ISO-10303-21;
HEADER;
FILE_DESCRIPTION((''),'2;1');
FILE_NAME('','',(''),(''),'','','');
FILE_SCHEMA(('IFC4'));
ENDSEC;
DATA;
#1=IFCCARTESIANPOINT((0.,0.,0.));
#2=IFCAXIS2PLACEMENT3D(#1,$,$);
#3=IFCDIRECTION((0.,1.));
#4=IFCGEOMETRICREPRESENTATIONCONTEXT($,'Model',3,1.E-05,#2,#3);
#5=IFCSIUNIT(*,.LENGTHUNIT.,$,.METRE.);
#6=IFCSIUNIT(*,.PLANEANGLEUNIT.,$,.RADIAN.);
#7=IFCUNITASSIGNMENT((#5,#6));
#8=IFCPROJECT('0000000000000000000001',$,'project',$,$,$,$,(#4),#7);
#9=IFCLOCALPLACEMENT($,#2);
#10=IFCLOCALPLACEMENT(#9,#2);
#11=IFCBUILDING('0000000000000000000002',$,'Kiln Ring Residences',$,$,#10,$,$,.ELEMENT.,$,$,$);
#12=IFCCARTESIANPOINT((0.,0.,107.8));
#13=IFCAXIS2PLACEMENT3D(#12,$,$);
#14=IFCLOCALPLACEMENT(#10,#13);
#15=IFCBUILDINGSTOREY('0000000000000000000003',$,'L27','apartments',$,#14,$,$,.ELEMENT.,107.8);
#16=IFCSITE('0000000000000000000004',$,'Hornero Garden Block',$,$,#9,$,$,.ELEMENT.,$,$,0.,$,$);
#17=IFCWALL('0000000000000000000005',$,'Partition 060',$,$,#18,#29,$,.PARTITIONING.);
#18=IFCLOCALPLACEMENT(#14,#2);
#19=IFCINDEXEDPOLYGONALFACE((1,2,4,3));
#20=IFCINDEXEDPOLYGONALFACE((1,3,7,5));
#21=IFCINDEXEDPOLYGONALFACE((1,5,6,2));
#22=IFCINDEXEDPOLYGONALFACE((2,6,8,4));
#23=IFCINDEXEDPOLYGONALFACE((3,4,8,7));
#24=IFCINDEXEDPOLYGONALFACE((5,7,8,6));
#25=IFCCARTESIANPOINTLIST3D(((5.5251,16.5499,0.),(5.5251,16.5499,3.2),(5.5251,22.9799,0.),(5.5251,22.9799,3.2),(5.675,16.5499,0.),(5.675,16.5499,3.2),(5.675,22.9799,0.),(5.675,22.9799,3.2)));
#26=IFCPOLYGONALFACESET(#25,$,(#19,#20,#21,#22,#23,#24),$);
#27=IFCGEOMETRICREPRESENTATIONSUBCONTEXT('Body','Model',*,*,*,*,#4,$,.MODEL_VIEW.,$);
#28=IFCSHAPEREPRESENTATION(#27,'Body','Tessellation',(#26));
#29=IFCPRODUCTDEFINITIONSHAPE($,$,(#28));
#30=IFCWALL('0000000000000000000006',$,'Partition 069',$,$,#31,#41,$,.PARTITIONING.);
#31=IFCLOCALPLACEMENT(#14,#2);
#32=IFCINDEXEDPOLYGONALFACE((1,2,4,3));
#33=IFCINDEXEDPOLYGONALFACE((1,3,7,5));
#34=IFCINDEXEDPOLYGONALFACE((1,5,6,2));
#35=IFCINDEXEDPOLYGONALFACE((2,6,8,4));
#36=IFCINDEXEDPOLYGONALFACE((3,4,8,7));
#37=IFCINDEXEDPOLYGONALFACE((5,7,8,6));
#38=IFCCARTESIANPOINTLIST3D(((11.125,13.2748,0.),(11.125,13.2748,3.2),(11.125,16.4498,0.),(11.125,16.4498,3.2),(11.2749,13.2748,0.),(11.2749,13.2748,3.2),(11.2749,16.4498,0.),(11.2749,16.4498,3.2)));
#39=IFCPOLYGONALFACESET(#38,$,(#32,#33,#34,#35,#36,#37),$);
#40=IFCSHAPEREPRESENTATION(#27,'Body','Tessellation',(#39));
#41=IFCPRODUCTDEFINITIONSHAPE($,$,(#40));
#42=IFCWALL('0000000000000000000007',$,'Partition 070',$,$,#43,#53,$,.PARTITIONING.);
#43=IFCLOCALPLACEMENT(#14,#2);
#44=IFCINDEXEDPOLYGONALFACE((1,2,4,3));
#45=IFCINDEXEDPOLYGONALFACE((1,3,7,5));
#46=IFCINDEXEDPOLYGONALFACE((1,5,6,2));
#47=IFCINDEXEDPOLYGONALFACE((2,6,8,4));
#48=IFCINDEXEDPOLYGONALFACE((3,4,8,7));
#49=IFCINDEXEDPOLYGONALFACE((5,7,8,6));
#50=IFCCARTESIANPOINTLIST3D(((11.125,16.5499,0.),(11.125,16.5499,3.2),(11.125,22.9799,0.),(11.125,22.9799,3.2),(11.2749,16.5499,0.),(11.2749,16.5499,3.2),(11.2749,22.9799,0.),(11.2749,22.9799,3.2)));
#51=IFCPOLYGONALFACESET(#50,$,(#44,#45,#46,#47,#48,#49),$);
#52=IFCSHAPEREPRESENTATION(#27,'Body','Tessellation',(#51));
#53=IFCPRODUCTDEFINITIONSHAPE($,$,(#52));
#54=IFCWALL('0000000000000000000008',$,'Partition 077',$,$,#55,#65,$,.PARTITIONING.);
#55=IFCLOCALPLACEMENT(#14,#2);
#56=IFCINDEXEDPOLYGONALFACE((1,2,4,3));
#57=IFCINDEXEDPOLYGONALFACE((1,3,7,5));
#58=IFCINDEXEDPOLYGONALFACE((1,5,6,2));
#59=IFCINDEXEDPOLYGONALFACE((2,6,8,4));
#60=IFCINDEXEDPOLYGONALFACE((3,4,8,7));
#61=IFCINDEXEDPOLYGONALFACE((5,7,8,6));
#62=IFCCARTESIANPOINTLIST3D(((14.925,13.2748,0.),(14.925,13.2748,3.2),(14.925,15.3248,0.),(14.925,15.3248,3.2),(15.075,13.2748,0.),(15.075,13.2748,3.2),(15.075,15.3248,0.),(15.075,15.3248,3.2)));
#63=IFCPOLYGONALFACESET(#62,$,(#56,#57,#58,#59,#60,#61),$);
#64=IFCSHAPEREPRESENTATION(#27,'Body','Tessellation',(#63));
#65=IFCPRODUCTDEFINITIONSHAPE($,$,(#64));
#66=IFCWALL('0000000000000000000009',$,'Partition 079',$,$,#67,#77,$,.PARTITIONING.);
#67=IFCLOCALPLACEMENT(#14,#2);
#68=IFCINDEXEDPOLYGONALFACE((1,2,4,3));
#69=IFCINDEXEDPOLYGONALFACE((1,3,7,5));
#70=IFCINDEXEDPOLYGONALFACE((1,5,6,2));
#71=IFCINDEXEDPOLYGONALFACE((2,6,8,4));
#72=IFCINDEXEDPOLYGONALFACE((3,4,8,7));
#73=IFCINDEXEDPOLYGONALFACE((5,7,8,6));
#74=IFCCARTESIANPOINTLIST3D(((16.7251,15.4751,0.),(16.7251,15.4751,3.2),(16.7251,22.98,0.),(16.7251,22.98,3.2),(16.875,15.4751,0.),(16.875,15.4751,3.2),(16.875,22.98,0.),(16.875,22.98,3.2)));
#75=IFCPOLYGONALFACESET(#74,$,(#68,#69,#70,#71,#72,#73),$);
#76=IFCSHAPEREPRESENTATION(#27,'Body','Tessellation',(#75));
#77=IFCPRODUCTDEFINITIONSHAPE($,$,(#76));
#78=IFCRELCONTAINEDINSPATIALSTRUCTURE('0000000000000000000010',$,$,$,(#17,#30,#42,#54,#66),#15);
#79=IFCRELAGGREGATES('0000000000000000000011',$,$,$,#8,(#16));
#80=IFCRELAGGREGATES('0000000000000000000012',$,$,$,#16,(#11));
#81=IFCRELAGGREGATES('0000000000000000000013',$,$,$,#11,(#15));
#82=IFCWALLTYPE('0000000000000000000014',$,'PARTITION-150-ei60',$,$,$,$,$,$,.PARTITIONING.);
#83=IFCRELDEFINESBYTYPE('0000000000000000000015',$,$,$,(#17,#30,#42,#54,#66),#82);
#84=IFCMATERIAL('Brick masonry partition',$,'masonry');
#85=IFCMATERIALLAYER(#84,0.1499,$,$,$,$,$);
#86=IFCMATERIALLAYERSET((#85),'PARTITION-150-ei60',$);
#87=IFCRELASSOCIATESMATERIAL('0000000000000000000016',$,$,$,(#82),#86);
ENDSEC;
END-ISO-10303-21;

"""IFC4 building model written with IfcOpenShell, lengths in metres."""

from ifc_helpers import new_model, si_unit, direction, frame, frame_2d, origin, place, context, subcontext, project, spatial, rectangle, extrude, material, layer, layer_set, type_object, element, save


model = new_model("IFC4")

# Units and contexts
model_context = context("Model", 3, precision=1e-05, world=origin(), true_north=direction((0.0, 1.0)))
body_context = subcontext(model_context, "Body", "Model", "MODEL_VIEW")
ifc_project = project(units=[si_unit("LENGTHUNIT", "METRE"), si_unit("PLANEANGLEUNIT", "RADIAN")], contexts=[model_context])

# Site, building, storey
site_placement = place(None, origin())
site = spatial("IfcSite", under=ifc_project, at=site_placement, Name="Hornero Garden Block", CompositionType="ELEMENT", RefElevation=0.0)
building_placement = place(site_placement, origin())
building = spatial("IfcBuilding", under=site, at=building_placement, Name="Kiln Ring Residences", CompositionType="ELEMENT")
storey_placement = place(building_placement, frame((0.0, 0.0, 107.8)))
storey = spatial("IfcBuildingStorey", under=building, at=storey_placement, Name="L27", Description="apartments", CompositionType="ELEMENT", Elevation=107.8)

# Shared definitions
ifc_material_1 = material(Name="Brick masonry partition", Category="masonry")
ifc_layer_1 = layer(ifc_material_1, 0.1499)
ifc_layer_set_1 = layer_set([ifc_layer_1], Name="PARTITION-150-ei60")
wall_type_1 = type_object("IfcWallType", Name="PARTITION-150-ei60", PredefinedType="PARTITIONING", material=ifc_layer_set_1)

# Walls
wall_1_placement = place(storey_placement, frame((5.6001, 16.55, 0.0), z_axis=(0.0, 0.0, 1.0), x_axis=(0.0, 1.0, 0.0)))
element("IfcWall", 1, at=wall_1_placement, inside=storey, type_object=wall_type_1, Name="Partition 060", PredefinedType="PARTITIONING", context=body_context, shape_type="SweptSolid", body=[
    extrude(rectangle(XDim=6.4299, YDim=0.1499, at=frame_2d((3.2148, 0.0))), origin(), (0.0, 0.0, 1.0), 3.2),
])
wall_2_placement = place(storey_placement, frame((11.2, 13.2749, 0.0), z_axis=(0.0, 0.0, 1.0), x_axis=(0.0, 1.0, 0.0)))
element("IfcWall", 2, at=wall_2_placement, inside=storey, type_object=wall_type_1, Name="Partition 069", PredefinedType="PARTITIONING", context=body_context, shape_type="SweptSolid", body=[
    extrude(rectangle(XDim=3.175, YDim=0.1499, at=frame_2d((1.5874, 0.0))), origin(), (0.0, 0.0, 1.0), 3.2),
])
wall_3_placement = place(storey_placement, frame((11.2, 16.55, 0.0), z_axis=(0.0, 0.0, 1.0), x_axis=(0.0, 1.0, 0.0)))
element("IfcWall", 3, at=wall_3_placement, inside=storey, type_object=wall_type_1, Name="Partition 070", PredefinedType="PARTITIONING", context=body_context, shape_type="SweptSolid", body=[
    extrude(rectangle(XDim=6.4299, YDim=0.1499, at=frame_2d((3.2148, 0.0))), origin(), (0.0, 0.0, 1.0), 3.2),
])
wall_4_placement = place(storey_placement, frame((15.0, 13.2749, 0.0), z_axis=(0.0, 0.0, 1.0), x_axis=(0.0, 1.0, 0.0)))
element("IfcWall", 4, at=wall_4_placement, inside=storey, type_object=wall_type_1, Name="Partition 077", PredefinedType="PARTITIONING", context=body_context, shape_type="SweptSolid", body=[
    extrude(rectangle(XDim=2.05, YDim=0.1499, at=frame_2d((1.0249, 0.0))), origin(), (0.0, 0.0, 1.0), 3.2),
])
wall_5_placement = place(storey_placement, frame((16.8, 15.4751, 0.0), z_axis=(0.0, 0.0, 1.0), x_axis=(0.0, 1.0, 0.0)))
element("IfcWall", 5, at=wall_5_placement, inside=storey, type_object=wall_type_1, Name="Partition 079", PredefinedType="PARTITIONING", context=body_context, shape_type="SweptSolid", body=[
    extrude(rectangle(XDim=7.5049, YDim=0.1499, at=frame_2d((3.7524, 0.0))), origin(), (0.0, 0.0, 1.0), 3.2),
])

save(model, "model.ifc")
